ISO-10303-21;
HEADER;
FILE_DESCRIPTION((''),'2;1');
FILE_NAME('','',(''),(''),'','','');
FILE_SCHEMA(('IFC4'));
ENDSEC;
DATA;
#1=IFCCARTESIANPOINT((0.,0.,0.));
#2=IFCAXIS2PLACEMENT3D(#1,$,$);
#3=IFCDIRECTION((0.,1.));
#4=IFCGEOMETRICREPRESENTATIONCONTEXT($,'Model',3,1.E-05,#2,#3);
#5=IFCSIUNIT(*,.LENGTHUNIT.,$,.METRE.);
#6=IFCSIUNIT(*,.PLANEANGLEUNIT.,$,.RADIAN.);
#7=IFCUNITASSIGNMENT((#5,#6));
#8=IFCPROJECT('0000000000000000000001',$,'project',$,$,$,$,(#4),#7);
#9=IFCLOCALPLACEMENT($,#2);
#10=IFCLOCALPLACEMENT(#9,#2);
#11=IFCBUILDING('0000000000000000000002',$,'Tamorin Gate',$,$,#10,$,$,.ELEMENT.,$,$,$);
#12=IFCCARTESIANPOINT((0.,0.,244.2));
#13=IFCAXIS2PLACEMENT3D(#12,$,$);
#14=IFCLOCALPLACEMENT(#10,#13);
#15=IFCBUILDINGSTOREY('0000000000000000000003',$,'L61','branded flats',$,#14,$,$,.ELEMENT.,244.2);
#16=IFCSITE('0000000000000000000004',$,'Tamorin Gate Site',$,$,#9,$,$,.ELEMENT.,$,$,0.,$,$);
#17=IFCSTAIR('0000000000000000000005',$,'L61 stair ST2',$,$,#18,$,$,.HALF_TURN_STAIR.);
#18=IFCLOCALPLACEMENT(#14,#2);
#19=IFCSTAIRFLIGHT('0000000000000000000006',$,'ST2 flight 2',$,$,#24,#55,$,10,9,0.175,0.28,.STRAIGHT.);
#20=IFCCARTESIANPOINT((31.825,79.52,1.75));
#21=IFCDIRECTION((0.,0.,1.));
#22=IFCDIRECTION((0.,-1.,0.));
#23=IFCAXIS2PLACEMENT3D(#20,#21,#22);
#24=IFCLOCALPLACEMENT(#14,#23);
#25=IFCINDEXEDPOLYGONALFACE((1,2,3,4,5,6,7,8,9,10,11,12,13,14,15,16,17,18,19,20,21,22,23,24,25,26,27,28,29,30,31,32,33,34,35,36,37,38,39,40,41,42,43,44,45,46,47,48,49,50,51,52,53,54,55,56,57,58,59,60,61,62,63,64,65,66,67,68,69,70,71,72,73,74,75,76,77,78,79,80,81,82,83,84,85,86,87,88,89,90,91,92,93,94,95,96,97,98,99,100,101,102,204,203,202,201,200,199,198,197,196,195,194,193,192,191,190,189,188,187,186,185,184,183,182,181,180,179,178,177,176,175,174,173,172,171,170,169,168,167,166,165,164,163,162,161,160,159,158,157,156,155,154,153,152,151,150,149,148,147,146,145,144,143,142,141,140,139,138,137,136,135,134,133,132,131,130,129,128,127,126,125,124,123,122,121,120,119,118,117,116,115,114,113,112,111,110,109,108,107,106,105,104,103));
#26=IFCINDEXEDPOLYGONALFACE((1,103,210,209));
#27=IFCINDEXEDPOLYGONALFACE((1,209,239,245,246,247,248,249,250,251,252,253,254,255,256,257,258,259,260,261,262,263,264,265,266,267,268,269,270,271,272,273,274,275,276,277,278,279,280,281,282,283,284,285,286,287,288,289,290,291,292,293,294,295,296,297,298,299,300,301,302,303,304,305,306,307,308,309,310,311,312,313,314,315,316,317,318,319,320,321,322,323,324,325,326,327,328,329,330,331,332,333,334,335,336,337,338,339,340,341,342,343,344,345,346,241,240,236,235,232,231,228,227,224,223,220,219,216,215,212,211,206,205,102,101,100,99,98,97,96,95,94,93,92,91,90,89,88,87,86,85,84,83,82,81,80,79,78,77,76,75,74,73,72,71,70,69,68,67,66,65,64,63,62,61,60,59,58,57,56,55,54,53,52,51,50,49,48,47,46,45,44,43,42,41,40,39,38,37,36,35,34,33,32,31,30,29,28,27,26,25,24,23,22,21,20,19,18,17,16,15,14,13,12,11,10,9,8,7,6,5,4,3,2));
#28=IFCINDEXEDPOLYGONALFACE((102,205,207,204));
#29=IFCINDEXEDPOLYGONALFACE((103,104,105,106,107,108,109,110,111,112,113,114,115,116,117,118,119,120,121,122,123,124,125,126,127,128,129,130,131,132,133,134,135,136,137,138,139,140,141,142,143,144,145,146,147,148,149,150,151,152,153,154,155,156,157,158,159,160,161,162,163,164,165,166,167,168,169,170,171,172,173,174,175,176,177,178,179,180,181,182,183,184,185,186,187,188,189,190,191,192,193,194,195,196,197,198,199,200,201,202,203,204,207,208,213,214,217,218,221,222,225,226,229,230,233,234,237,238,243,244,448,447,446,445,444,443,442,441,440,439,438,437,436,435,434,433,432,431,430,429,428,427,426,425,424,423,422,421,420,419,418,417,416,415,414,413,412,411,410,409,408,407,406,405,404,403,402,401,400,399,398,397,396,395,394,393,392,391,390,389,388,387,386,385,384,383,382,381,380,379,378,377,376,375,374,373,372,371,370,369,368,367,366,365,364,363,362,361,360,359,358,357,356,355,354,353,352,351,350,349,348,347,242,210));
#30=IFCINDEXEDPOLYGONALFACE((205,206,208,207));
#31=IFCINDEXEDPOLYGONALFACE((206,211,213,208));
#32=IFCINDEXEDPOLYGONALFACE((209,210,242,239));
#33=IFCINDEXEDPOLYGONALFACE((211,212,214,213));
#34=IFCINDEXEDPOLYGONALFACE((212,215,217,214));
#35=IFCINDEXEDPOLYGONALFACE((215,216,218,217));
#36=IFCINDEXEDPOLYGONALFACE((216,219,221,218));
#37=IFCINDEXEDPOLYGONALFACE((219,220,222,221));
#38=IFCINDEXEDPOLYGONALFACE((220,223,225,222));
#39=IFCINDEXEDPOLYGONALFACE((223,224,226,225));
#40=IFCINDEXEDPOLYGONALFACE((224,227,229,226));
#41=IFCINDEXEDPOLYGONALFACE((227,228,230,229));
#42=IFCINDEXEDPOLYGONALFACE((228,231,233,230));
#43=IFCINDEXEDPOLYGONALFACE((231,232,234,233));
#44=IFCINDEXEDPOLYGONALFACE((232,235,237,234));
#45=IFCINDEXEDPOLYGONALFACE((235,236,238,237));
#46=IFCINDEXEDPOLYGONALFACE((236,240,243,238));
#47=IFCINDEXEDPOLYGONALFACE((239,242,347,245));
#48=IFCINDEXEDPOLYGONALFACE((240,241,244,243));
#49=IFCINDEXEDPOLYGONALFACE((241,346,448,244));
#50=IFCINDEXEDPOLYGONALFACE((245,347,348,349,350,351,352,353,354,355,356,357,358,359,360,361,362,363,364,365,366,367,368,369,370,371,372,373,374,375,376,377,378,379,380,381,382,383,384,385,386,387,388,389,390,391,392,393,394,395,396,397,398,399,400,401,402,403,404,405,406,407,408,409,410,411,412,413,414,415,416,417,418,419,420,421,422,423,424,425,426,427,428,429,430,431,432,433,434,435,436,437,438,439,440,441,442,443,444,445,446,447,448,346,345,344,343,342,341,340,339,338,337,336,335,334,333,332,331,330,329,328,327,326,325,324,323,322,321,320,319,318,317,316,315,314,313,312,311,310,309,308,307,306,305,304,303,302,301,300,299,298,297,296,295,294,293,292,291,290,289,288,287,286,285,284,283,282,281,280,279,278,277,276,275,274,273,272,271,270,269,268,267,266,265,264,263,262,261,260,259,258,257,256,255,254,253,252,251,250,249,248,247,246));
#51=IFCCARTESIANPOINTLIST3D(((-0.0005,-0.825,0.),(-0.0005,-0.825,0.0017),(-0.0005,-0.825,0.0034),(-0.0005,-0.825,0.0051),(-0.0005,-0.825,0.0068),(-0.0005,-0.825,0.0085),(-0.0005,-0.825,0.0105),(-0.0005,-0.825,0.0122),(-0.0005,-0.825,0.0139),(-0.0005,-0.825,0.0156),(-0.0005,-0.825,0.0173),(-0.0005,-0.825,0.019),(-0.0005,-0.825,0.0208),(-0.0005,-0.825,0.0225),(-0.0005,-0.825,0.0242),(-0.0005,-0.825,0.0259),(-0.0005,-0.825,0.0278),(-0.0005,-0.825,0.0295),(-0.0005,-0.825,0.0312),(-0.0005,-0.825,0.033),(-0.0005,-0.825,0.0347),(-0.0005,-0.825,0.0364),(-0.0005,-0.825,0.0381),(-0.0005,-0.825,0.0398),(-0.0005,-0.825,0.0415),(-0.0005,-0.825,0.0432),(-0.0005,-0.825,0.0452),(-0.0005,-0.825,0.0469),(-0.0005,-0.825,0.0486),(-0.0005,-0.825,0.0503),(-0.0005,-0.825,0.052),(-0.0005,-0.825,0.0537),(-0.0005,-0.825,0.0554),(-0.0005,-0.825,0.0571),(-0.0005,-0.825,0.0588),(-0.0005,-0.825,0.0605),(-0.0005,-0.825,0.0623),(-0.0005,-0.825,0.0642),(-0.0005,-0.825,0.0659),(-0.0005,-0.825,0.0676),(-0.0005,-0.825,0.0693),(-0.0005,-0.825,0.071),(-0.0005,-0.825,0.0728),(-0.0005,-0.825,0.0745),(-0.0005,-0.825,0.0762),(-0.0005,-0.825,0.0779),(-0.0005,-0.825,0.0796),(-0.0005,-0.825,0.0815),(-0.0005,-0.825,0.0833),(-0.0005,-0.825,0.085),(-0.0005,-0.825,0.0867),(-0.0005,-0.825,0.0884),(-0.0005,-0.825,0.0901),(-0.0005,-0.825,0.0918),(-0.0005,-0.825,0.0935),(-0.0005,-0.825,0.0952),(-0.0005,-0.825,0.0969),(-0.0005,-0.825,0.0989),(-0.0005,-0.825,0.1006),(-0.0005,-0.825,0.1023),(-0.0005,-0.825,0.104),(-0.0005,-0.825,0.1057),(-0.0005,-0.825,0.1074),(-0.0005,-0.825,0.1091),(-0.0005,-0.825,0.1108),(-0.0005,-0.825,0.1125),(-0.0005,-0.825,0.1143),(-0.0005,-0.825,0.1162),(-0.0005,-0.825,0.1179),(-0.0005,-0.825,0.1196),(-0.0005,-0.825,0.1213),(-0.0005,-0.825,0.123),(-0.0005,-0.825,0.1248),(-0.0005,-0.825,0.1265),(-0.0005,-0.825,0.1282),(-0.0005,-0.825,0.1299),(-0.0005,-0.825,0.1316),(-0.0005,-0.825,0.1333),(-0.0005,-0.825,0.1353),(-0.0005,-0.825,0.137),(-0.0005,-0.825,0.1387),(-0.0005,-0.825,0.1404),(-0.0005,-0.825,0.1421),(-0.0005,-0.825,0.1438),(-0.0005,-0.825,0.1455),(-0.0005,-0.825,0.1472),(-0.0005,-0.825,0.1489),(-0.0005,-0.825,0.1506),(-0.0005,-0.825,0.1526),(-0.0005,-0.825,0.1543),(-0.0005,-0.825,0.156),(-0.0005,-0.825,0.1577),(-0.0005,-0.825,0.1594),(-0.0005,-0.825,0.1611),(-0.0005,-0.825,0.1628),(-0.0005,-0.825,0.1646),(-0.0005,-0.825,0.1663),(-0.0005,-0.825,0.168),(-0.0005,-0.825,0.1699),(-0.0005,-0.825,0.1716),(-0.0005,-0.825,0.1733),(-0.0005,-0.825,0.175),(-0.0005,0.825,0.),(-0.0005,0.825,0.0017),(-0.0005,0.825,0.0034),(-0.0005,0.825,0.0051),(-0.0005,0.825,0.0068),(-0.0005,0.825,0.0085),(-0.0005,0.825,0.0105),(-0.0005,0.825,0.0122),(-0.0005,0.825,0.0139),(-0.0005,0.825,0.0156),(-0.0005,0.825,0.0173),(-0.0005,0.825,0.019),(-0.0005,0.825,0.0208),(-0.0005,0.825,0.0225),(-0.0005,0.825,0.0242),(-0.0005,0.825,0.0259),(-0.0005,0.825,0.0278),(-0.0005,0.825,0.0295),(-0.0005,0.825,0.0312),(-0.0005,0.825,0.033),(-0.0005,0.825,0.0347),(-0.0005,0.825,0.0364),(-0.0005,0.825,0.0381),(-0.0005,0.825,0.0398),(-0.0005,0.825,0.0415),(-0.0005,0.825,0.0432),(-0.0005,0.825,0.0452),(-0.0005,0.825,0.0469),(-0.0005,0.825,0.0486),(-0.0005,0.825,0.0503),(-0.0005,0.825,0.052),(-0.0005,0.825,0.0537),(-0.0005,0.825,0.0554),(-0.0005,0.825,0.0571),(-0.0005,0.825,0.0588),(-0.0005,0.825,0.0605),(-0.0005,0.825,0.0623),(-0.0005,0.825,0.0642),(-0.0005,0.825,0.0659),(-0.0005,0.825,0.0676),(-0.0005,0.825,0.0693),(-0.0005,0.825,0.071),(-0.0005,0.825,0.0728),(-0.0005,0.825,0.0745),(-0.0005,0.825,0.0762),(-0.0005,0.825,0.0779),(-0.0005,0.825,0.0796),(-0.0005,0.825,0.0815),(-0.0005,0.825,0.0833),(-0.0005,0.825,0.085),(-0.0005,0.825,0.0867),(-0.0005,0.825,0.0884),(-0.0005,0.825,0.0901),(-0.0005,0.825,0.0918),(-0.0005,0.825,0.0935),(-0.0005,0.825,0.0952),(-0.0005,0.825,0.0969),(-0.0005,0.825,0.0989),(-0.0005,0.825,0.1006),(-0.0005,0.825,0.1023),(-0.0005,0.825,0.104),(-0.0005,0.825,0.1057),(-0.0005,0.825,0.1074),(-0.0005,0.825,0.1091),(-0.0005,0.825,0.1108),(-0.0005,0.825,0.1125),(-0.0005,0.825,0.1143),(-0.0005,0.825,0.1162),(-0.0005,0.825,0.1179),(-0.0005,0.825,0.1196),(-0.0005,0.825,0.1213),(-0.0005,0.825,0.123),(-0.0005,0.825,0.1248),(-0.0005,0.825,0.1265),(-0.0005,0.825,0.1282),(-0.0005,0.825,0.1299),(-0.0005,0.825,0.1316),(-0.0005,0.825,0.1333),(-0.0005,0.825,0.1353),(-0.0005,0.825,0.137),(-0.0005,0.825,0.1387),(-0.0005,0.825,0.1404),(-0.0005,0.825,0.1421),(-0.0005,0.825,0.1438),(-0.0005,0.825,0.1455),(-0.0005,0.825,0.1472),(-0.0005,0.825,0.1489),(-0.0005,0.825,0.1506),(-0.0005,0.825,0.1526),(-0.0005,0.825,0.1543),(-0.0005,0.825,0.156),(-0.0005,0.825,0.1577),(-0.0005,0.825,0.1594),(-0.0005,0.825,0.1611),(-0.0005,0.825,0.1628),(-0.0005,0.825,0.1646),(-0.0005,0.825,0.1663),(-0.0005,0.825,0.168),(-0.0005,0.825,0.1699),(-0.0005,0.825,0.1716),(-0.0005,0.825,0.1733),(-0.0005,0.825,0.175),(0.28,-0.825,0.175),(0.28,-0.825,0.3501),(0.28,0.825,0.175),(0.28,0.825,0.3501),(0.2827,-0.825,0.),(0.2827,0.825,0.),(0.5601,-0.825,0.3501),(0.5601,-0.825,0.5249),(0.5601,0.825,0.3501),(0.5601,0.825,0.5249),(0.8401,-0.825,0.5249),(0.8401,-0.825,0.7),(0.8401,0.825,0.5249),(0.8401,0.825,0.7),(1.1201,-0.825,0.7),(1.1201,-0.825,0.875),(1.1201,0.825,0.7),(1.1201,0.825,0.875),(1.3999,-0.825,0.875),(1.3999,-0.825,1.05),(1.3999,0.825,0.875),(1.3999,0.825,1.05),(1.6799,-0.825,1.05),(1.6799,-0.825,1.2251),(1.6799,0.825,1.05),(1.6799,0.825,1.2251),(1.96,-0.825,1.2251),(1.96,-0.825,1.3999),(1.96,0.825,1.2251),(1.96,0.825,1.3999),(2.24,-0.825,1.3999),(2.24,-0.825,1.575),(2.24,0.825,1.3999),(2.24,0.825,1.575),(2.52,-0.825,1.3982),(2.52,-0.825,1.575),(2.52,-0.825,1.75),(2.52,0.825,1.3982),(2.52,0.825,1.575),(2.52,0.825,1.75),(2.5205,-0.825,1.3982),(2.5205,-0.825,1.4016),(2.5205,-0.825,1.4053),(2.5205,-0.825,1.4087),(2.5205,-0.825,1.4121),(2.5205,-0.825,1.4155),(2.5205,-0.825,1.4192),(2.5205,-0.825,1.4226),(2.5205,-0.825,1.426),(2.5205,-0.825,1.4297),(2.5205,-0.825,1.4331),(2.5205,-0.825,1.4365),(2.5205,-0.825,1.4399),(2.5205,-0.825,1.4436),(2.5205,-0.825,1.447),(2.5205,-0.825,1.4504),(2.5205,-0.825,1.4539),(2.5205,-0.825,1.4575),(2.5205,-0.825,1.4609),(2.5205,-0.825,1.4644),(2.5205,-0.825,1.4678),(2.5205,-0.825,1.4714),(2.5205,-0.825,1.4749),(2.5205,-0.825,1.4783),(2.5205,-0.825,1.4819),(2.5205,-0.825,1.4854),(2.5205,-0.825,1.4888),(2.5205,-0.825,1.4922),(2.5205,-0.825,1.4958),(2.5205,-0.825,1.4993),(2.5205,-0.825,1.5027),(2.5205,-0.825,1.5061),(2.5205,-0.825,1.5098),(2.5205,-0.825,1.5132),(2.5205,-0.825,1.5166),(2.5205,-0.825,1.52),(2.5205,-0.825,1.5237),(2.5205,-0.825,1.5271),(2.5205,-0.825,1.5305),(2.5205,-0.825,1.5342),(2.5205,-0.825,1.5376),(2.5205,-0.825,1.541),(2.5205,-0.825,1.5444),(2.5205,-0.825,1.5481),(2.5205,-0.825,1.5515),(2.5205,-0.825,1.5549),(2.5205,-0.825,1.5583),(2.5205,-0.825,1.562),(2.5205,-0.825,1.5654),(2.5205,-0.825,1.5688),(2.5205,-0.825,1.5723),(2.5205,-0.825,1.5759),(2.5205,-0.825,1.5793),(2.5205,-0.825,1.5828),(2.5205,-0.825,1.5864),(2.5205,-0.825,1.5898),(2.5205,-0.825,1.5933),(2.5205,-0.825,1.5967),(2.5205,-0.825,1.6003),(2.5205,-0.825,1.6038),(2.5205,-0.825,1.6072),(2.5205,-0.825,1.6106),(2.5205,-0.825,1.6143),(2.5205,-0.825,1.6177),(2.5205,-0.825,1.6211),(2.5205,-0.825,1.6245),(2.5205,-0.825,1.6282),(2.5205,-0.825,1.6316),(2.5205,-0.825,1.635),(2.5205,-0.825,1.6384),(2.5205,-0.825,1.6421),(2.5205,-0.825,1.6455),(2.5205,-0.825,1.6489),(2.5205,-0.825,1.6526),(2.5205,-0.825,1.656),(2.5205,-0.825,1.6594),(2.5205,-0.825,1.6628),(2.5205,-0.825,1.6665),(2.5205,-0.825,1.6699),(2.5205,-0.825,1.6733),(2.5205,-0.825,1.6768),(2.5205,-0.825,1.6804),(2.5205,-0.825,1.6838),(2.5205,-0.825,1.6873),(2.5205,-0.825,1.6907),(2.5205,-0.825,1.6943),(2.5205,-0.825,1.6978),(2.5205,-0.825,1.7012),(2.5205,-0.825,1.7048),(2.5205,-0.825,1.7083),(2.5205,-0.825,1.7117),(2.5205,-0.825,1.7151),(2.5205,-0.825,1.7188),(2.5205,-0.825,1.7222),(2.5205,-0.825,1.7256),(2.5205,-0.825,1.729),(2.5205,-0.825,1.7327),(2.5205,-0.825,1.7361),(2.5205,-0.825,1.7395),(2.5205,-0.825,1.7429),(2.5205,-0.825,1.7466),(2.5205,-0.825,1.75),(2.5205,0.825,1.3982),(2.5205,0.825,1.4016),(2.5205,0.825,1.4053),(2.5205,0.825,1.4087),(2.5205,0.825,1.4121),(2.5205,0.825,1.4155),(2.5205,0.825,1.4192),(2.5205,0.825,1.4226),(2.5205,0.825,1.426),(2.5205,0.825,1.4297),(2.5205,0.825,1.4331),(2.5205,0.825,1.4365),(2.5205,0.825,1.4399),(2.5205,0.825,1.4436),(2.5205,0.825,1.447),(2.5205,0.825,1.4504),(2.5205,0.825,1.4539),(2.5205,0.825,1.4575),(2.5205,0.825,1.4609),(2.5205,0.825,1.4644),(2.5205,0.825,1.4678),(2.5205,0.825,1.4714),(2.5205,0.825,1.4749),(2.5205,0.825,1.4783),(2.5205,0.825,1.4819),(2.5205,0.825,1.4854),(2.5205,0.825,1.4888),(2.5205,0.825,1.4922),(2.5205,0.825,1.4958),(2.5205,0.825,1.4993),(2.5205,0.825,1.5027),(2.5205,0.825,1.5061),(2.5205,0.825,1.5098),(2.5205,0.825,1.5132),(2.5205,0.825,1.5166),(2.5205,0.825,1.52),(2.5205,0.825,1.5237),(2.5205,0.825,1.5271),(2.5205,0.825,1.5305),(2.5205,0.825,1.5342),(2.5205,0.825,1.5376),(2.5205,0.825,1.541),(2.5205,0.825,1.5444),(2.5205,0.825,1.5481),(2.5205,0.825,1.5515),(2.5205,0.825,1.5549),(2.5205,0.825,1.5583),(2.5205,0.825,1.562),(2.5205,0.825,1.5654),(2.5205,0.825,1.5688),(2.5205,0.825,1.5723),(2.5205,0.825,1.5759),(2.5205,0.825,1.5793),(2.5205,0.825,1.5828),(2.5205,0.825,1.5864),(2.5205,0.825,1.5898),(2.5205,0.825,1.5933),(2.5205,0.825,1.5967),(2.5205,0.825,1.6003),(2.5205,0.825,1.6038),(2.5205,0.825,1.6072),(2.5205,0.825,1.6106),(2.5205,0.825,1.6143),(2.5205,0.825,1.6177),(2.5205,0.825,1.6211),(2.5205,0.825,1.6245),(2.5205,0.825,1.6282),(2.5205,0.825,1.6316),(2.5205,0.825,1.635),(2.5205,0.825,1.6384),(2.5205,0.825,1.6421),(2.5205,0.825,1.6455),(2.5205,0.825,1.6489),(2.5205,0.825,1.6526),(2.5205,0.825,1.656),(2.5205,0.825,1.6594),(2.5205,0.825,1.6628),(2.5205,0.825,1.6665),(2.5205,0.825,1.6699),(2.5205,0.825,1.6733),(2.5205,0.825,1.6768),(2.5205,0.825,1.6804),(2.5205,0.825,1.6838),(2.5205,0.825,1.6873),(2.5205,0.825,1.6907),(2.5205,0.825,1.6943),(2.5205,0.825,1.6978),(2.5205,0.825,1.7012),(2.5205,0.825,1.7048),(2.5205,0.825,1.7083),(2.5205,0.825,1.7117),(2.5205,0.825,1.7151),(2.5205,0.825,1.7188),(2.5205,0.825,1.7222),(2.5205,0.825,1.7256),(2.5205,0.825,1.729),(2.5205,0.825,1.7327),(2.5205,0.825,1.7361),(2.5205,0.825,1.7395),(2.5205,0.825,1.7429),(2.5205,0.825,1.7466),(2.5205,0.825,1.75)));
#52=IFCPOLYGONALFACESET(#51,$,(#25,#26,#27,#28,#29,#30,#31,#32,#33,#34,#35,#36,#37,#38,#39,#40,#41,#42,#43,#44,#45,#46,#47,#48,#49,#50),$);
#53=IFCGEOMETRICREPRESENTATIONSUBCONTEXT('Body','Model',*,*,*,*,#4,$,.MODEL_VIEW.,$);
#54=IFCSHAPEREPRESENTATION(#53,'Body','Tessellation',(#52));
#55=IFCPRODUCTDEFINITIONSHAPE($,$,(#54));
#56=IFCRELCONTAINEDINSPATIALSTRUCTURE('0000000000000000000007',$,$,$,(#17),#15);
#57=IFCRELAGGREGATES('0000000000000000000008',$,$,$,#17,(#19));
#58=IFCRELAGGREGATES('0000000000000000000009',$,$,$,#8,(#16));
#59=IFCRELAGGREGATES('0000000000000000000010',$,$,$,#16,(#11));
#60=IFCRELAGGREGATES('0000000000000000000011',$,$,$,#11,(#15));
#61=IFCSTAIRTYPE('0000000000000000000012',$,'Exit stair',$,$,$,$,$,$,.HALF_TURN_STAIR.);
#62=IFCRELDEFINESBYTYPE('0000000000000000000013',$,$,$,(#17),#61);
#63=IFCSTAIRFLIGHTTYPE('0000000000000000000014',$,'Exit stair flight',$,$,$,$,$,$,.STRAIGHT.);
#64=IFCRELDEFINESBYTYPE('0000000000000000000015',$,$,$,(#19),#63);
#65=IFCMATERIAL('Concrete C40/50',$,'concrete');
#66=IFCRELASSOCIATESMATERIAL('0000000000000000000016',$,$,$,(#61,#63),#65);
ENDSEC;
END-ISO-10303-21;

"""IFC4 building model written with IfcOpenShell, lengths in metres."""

from ifc_helpers import new_model, si_unit, direction, frame, origin, place, context, subcontext, project, spatial, polyline, outline, extrude, material, type_object, element, aggregate, save


model = new_model("IFC4")

# Units and contexts
model_context = context("Model", 3, precision=1e-05, world=origin(), true_north=direction((0.0, 1.0)))
body_context = subcontext(model_context, "Body", "Model", "MODEL_VIEW")
ifc_project = project(units=[si_unit("LENGTHUNIT", "METRE"), si_unit("PLANEANGLEUNIT", "RADIAN")], contexts=[model_context])

# Site, building, storey
site_placement = place(None, origin())
site = spatial("IfcSite", under=ifc_project, at=site_placement, Name="Tamorin Gate Site", CompositionType="ELEMENT", RefElevation=0.0)
building_placement = place(site_placement, origin())
building = spatial("IfcBuilding", under=site, at=building_placement, Name="Tamorin Gate", CompositionType="ELEMENT")
storey_placement = place(building_placement, frame((0.0, 0.0, 244.2)))
storey = spatial("IfcBuildingStorey", under=building, at=storey_placement, Name="L61", Description="branded flats", CompositionType="ELEMENT", Elevation=244.2)

# Stair, stair flight
ifc_material_1 = material(Name="Concrete C40/50", Category="concrete")
stair_type = type_object("IfcStairType", Name="Exit stair", PredefinedType="HALF_TURN_STAIR", material=ifc_material_1)
stair_placement = place(storey_placement, origin())
stair = element("IfcStair", 1, at=stair_placement, inside=storey, type_object=stair_type, Name="L61 stair ST2", PredefinedType="HALF_TURN_STAIR")
stair_flight_type = type_object("IfcStairFlightType", Name="Exit stair flight", PredefinedType="STRAIGHT", material=ifc_material_1)
stair_flight_placement = place(storey_placement, frame((31.825, 79.52, 1.75), z_axis=(0.0, 0.0, 1.0), x_axis=(0.0, -1.0, 0.0)))
stair_flight = element("IfcStairFlight", 2, at=stair_flight_placement, type_object=stair_flight_type, Name="ST2 flight 2", NumberOfRisers=10, NumberOfTreads=9, PredefinedType="STRAIGHT", RiserHeight=0.175, TreadLength=0.28, context=body_context, shape_type="SweptSolid", body=[
    extrude(outline(polyline([(-0.0005, 0.0), (-0.0005, 0.0017), (-0.0005, 0.0034), (-0.0005, 0.0051), (-0.0005, 0.0068), (-0.0005, 0.0085), (-0.0005, 0.0105), (-0.0005, 0.0122), (-0.0005, 0.0139), (-0.0005, 0.0156), (-0.0005, 0.0173), (-0.0005, 0.019), (-0.0005, 0.0208), (-0.0005, 0.0225), (-0.0005, 0.0242), (-0.0005, 0.0259), (-0.0005, 0.0278), (-0.0005, 0.0295), (-0.0005, 0.0312), (-0.0005, 0.033), (-0.0005, 0.0347), (-0.0005, 0.0364), (-0.0005, 0.0381), (-0.0005, 0.0398), (-0.0005, 0.0415), (-0.0005, 0.0432), (-0.0005, 0.0452), (-0.0005, 0.0469), (-0.0005, 0.0486), (-0.0005, 0.0503), (-0.0005, 0.052), (-0.0005, 0.0537), (-0.0005, 0.0554), (-0.0005, 0.0571), (-0.0005, 0.0588), (-0.0005, 0.0605), (-0.0005, 0.0623), (-0.0005, 0.0642), (-0.0005, 0.0659), (-0.0005, 0.0676), (-0.0005, 0.0693), (-0.0005, 0.071), (-0.0005, 0.0728), (-0.0005, 0.0745), (-0.0005, 0.0762), (-0.0005, 0.0779), (-0.0005, 0.0796), (-0.0005, 0.0815), (-0.0005, 0.0833), (-0.0005, 0.085), (-0.0005, 0.0867), (-0.0005, 0.0884), (-0.0005, 0.0901), (-0.0005, 0.0918), (-0.0005, 0.0935), (-0.0005, 0.0952), (-0.0005, 0.0969), (-0.0005, 0.0989), (-0.0005, 0.1006), (-0.0005, 0.1023), (-0.0005, 0.104), (-0.0005, 0.1057), (-0.0005, 0.1074), (-0.0005, 0.1091), (-0.0005, 0.1108), (-0.0005, 0.1125), (-0.0005, 0.1143), (-0.0005, 0.1162), (-0.0005, 0.1179), (-0.0005, 0.1196), (-0.0005, 0.1213), (-0.0005, 0.123), (-0.0005, 0.1248), (-0.0005, 0.1265), (-0.0005, 0.1282), (-0.0005, 0.1299), (-0.0005, 0.1316), (-0.0005, 0.1333), (-0.0005, 0.1353), (-0.0005, 0.137), (-0.0005, 0.1387), (-0.0005, 0.1404), (-0.0005, 0.1421), (-0.0005, 0.1438), (-0.0005, 0.1455), (-0.0005, 0.1472), (-0.0005, 0.1489), (-0.0005, 0.1506), (-0.0005, 0.1526), (-0.0005, 0.1543), (-0.0005, 0.156), (-0.0005, 0.1577), (-0.0005, 0.1594), (-0.0005, 0.1611), (-0.0005, 0.1628), (-0.0005, 0.1646), (-0.0005, 0.1663), (-0.0005, 0.168), (-0.0005, 0.1699), (-0.0005, 0.1716), (-0.0005, 0.1733), (-0.0005, 0.175), (0.28, 0.175), (0.28, 0.3501), (0.5601, 0.3501), (0.5601, 0.5249), (0.8401, 0.5249), (0.8401, 0.7), (1.1201, 0.7), (1.1201, 0.875), (1.3999, 0.875), (1.3999, 1.05), (1.6799, 1.05), (1.6799, 1.2251), (1.96, 1.2251), (1.96, 1.3999), (2.24, 1.3999), (2.24, 1.575), (2.52, 1.575), (2.52, 1.75), (2.5205, 1.75), (2.5205, 1.7466), (2.5205, 1.7429), (2.5205, 1.7395), (2.5205, 1.7361), (2.5205, 1.7327), (2.5205, 1.729), (2.5205, 1.7256), (2.5205, 1.7222), (2.5205, 1.7188), (2.5205, 1.7151), (2.5205, 1.7117), (2.5205, 1.7083), (2.5205, 1.7048), (2.5205, 1.7012), (2.5205, 1.6978), (2.5205, 1.6943), (2.5205, 1.6907), (2.5205, 1.6873), (2.5205, 1.6838), (2.5205, 1.6804), (2.5205, 1.6768), (2.5205, 1.6733), (2.5205, 1.6699), (2.5205, 1.6665), (2.5205, 1.6628), (2.5205, 1.6594), (2.5205, 1.656), (2.5205, 1.6526), (2.5205, 1.6489), (2.5205, 1.6455), (2.5205, 1.6421), (2.5205, 1.6384), (2.5205, 1.635), (2.5205, 1.6316), (2.5205, 1.6282), (2.5205, 1.6245), (2.5205, 1.6211), (2.5205, 1.6177), (2.5205, 1.6143), (2.5205, 1.6106), (2.5205, 1.6072), (2.5205, 1.6038), (2.5205, 1.6003), (2.5205, 1.5967), (2.5205, 1.5933), (2.5205, 1.5898), (2.5205, 1.5864), (2.5205, 1.5828), (2.5205, 1.5793), (2.5205, 1.5759), (2.5205, 1.5723), (2.5205, 1.5688), (2.5205, 1.5654), (2.5205, 1.562), (2.5205, 1.5583), (2.5205, 1.5549), (2.5205, 1.5515), (2.5205, 1.5481), (2.5205, 1.5444), (2.5205, 1.541), (2.5205, 1.5376), (2.5205, 1.5342), (2.5205, 1.5305), (2.5205, 1.5271), (2.5205, 1.5237), (2.5205, 1.52), (2.5205, 1.5166), (2.5205, 1.5132), (2.5205, 1.5098), (2.5205, 1.5061), (2.5205, 1.5027), (2.5205, 1.4993), (2.5205, 1.4958), (2.5205, 1.4922), (2.5205, 1.4888), (2.5205, 1.4854), (2.5205, 1.4819), (2.5205, 1.4783), (2.5205, 1.4749), (2.5205, 1.4714), (2.5205, 1.4678), (2.5205, 1.4644), (2.5205, 1.4609), (2.5205, 1.4575), (2.5205, 1.4539), (2.5205, 1.4504), (2.5205, 1.447), (2.5205, 1.4436), (2.5205, 1.4399), (2.5205, 1.4365), (2.5205, 1.4331), (2.5205, 1.4297), (2.5205, 1.426), (2.5205, 1.4226), (2.5205, 1.4192), (2.5205, 1.4155), (2.5205, 1.4121), (2.5205, 1.4087), (2.5205, 1.4053), (2.5205, 1.4016), (2.5205, 1.3982), (2.52, 1.3982), (0.2827, 0.0), (-0.0005, 0.0)])), frame((0.0, 0.825, 0.0), z_axis=(0.0, -1.0, 0.0), x_axis=(1.0, 0.0, 0.0)), (0.0, 0.0, 1.0), 1.6499),
])
aggregate(stair, [stair_flight])

save(model, "model.ifc")
